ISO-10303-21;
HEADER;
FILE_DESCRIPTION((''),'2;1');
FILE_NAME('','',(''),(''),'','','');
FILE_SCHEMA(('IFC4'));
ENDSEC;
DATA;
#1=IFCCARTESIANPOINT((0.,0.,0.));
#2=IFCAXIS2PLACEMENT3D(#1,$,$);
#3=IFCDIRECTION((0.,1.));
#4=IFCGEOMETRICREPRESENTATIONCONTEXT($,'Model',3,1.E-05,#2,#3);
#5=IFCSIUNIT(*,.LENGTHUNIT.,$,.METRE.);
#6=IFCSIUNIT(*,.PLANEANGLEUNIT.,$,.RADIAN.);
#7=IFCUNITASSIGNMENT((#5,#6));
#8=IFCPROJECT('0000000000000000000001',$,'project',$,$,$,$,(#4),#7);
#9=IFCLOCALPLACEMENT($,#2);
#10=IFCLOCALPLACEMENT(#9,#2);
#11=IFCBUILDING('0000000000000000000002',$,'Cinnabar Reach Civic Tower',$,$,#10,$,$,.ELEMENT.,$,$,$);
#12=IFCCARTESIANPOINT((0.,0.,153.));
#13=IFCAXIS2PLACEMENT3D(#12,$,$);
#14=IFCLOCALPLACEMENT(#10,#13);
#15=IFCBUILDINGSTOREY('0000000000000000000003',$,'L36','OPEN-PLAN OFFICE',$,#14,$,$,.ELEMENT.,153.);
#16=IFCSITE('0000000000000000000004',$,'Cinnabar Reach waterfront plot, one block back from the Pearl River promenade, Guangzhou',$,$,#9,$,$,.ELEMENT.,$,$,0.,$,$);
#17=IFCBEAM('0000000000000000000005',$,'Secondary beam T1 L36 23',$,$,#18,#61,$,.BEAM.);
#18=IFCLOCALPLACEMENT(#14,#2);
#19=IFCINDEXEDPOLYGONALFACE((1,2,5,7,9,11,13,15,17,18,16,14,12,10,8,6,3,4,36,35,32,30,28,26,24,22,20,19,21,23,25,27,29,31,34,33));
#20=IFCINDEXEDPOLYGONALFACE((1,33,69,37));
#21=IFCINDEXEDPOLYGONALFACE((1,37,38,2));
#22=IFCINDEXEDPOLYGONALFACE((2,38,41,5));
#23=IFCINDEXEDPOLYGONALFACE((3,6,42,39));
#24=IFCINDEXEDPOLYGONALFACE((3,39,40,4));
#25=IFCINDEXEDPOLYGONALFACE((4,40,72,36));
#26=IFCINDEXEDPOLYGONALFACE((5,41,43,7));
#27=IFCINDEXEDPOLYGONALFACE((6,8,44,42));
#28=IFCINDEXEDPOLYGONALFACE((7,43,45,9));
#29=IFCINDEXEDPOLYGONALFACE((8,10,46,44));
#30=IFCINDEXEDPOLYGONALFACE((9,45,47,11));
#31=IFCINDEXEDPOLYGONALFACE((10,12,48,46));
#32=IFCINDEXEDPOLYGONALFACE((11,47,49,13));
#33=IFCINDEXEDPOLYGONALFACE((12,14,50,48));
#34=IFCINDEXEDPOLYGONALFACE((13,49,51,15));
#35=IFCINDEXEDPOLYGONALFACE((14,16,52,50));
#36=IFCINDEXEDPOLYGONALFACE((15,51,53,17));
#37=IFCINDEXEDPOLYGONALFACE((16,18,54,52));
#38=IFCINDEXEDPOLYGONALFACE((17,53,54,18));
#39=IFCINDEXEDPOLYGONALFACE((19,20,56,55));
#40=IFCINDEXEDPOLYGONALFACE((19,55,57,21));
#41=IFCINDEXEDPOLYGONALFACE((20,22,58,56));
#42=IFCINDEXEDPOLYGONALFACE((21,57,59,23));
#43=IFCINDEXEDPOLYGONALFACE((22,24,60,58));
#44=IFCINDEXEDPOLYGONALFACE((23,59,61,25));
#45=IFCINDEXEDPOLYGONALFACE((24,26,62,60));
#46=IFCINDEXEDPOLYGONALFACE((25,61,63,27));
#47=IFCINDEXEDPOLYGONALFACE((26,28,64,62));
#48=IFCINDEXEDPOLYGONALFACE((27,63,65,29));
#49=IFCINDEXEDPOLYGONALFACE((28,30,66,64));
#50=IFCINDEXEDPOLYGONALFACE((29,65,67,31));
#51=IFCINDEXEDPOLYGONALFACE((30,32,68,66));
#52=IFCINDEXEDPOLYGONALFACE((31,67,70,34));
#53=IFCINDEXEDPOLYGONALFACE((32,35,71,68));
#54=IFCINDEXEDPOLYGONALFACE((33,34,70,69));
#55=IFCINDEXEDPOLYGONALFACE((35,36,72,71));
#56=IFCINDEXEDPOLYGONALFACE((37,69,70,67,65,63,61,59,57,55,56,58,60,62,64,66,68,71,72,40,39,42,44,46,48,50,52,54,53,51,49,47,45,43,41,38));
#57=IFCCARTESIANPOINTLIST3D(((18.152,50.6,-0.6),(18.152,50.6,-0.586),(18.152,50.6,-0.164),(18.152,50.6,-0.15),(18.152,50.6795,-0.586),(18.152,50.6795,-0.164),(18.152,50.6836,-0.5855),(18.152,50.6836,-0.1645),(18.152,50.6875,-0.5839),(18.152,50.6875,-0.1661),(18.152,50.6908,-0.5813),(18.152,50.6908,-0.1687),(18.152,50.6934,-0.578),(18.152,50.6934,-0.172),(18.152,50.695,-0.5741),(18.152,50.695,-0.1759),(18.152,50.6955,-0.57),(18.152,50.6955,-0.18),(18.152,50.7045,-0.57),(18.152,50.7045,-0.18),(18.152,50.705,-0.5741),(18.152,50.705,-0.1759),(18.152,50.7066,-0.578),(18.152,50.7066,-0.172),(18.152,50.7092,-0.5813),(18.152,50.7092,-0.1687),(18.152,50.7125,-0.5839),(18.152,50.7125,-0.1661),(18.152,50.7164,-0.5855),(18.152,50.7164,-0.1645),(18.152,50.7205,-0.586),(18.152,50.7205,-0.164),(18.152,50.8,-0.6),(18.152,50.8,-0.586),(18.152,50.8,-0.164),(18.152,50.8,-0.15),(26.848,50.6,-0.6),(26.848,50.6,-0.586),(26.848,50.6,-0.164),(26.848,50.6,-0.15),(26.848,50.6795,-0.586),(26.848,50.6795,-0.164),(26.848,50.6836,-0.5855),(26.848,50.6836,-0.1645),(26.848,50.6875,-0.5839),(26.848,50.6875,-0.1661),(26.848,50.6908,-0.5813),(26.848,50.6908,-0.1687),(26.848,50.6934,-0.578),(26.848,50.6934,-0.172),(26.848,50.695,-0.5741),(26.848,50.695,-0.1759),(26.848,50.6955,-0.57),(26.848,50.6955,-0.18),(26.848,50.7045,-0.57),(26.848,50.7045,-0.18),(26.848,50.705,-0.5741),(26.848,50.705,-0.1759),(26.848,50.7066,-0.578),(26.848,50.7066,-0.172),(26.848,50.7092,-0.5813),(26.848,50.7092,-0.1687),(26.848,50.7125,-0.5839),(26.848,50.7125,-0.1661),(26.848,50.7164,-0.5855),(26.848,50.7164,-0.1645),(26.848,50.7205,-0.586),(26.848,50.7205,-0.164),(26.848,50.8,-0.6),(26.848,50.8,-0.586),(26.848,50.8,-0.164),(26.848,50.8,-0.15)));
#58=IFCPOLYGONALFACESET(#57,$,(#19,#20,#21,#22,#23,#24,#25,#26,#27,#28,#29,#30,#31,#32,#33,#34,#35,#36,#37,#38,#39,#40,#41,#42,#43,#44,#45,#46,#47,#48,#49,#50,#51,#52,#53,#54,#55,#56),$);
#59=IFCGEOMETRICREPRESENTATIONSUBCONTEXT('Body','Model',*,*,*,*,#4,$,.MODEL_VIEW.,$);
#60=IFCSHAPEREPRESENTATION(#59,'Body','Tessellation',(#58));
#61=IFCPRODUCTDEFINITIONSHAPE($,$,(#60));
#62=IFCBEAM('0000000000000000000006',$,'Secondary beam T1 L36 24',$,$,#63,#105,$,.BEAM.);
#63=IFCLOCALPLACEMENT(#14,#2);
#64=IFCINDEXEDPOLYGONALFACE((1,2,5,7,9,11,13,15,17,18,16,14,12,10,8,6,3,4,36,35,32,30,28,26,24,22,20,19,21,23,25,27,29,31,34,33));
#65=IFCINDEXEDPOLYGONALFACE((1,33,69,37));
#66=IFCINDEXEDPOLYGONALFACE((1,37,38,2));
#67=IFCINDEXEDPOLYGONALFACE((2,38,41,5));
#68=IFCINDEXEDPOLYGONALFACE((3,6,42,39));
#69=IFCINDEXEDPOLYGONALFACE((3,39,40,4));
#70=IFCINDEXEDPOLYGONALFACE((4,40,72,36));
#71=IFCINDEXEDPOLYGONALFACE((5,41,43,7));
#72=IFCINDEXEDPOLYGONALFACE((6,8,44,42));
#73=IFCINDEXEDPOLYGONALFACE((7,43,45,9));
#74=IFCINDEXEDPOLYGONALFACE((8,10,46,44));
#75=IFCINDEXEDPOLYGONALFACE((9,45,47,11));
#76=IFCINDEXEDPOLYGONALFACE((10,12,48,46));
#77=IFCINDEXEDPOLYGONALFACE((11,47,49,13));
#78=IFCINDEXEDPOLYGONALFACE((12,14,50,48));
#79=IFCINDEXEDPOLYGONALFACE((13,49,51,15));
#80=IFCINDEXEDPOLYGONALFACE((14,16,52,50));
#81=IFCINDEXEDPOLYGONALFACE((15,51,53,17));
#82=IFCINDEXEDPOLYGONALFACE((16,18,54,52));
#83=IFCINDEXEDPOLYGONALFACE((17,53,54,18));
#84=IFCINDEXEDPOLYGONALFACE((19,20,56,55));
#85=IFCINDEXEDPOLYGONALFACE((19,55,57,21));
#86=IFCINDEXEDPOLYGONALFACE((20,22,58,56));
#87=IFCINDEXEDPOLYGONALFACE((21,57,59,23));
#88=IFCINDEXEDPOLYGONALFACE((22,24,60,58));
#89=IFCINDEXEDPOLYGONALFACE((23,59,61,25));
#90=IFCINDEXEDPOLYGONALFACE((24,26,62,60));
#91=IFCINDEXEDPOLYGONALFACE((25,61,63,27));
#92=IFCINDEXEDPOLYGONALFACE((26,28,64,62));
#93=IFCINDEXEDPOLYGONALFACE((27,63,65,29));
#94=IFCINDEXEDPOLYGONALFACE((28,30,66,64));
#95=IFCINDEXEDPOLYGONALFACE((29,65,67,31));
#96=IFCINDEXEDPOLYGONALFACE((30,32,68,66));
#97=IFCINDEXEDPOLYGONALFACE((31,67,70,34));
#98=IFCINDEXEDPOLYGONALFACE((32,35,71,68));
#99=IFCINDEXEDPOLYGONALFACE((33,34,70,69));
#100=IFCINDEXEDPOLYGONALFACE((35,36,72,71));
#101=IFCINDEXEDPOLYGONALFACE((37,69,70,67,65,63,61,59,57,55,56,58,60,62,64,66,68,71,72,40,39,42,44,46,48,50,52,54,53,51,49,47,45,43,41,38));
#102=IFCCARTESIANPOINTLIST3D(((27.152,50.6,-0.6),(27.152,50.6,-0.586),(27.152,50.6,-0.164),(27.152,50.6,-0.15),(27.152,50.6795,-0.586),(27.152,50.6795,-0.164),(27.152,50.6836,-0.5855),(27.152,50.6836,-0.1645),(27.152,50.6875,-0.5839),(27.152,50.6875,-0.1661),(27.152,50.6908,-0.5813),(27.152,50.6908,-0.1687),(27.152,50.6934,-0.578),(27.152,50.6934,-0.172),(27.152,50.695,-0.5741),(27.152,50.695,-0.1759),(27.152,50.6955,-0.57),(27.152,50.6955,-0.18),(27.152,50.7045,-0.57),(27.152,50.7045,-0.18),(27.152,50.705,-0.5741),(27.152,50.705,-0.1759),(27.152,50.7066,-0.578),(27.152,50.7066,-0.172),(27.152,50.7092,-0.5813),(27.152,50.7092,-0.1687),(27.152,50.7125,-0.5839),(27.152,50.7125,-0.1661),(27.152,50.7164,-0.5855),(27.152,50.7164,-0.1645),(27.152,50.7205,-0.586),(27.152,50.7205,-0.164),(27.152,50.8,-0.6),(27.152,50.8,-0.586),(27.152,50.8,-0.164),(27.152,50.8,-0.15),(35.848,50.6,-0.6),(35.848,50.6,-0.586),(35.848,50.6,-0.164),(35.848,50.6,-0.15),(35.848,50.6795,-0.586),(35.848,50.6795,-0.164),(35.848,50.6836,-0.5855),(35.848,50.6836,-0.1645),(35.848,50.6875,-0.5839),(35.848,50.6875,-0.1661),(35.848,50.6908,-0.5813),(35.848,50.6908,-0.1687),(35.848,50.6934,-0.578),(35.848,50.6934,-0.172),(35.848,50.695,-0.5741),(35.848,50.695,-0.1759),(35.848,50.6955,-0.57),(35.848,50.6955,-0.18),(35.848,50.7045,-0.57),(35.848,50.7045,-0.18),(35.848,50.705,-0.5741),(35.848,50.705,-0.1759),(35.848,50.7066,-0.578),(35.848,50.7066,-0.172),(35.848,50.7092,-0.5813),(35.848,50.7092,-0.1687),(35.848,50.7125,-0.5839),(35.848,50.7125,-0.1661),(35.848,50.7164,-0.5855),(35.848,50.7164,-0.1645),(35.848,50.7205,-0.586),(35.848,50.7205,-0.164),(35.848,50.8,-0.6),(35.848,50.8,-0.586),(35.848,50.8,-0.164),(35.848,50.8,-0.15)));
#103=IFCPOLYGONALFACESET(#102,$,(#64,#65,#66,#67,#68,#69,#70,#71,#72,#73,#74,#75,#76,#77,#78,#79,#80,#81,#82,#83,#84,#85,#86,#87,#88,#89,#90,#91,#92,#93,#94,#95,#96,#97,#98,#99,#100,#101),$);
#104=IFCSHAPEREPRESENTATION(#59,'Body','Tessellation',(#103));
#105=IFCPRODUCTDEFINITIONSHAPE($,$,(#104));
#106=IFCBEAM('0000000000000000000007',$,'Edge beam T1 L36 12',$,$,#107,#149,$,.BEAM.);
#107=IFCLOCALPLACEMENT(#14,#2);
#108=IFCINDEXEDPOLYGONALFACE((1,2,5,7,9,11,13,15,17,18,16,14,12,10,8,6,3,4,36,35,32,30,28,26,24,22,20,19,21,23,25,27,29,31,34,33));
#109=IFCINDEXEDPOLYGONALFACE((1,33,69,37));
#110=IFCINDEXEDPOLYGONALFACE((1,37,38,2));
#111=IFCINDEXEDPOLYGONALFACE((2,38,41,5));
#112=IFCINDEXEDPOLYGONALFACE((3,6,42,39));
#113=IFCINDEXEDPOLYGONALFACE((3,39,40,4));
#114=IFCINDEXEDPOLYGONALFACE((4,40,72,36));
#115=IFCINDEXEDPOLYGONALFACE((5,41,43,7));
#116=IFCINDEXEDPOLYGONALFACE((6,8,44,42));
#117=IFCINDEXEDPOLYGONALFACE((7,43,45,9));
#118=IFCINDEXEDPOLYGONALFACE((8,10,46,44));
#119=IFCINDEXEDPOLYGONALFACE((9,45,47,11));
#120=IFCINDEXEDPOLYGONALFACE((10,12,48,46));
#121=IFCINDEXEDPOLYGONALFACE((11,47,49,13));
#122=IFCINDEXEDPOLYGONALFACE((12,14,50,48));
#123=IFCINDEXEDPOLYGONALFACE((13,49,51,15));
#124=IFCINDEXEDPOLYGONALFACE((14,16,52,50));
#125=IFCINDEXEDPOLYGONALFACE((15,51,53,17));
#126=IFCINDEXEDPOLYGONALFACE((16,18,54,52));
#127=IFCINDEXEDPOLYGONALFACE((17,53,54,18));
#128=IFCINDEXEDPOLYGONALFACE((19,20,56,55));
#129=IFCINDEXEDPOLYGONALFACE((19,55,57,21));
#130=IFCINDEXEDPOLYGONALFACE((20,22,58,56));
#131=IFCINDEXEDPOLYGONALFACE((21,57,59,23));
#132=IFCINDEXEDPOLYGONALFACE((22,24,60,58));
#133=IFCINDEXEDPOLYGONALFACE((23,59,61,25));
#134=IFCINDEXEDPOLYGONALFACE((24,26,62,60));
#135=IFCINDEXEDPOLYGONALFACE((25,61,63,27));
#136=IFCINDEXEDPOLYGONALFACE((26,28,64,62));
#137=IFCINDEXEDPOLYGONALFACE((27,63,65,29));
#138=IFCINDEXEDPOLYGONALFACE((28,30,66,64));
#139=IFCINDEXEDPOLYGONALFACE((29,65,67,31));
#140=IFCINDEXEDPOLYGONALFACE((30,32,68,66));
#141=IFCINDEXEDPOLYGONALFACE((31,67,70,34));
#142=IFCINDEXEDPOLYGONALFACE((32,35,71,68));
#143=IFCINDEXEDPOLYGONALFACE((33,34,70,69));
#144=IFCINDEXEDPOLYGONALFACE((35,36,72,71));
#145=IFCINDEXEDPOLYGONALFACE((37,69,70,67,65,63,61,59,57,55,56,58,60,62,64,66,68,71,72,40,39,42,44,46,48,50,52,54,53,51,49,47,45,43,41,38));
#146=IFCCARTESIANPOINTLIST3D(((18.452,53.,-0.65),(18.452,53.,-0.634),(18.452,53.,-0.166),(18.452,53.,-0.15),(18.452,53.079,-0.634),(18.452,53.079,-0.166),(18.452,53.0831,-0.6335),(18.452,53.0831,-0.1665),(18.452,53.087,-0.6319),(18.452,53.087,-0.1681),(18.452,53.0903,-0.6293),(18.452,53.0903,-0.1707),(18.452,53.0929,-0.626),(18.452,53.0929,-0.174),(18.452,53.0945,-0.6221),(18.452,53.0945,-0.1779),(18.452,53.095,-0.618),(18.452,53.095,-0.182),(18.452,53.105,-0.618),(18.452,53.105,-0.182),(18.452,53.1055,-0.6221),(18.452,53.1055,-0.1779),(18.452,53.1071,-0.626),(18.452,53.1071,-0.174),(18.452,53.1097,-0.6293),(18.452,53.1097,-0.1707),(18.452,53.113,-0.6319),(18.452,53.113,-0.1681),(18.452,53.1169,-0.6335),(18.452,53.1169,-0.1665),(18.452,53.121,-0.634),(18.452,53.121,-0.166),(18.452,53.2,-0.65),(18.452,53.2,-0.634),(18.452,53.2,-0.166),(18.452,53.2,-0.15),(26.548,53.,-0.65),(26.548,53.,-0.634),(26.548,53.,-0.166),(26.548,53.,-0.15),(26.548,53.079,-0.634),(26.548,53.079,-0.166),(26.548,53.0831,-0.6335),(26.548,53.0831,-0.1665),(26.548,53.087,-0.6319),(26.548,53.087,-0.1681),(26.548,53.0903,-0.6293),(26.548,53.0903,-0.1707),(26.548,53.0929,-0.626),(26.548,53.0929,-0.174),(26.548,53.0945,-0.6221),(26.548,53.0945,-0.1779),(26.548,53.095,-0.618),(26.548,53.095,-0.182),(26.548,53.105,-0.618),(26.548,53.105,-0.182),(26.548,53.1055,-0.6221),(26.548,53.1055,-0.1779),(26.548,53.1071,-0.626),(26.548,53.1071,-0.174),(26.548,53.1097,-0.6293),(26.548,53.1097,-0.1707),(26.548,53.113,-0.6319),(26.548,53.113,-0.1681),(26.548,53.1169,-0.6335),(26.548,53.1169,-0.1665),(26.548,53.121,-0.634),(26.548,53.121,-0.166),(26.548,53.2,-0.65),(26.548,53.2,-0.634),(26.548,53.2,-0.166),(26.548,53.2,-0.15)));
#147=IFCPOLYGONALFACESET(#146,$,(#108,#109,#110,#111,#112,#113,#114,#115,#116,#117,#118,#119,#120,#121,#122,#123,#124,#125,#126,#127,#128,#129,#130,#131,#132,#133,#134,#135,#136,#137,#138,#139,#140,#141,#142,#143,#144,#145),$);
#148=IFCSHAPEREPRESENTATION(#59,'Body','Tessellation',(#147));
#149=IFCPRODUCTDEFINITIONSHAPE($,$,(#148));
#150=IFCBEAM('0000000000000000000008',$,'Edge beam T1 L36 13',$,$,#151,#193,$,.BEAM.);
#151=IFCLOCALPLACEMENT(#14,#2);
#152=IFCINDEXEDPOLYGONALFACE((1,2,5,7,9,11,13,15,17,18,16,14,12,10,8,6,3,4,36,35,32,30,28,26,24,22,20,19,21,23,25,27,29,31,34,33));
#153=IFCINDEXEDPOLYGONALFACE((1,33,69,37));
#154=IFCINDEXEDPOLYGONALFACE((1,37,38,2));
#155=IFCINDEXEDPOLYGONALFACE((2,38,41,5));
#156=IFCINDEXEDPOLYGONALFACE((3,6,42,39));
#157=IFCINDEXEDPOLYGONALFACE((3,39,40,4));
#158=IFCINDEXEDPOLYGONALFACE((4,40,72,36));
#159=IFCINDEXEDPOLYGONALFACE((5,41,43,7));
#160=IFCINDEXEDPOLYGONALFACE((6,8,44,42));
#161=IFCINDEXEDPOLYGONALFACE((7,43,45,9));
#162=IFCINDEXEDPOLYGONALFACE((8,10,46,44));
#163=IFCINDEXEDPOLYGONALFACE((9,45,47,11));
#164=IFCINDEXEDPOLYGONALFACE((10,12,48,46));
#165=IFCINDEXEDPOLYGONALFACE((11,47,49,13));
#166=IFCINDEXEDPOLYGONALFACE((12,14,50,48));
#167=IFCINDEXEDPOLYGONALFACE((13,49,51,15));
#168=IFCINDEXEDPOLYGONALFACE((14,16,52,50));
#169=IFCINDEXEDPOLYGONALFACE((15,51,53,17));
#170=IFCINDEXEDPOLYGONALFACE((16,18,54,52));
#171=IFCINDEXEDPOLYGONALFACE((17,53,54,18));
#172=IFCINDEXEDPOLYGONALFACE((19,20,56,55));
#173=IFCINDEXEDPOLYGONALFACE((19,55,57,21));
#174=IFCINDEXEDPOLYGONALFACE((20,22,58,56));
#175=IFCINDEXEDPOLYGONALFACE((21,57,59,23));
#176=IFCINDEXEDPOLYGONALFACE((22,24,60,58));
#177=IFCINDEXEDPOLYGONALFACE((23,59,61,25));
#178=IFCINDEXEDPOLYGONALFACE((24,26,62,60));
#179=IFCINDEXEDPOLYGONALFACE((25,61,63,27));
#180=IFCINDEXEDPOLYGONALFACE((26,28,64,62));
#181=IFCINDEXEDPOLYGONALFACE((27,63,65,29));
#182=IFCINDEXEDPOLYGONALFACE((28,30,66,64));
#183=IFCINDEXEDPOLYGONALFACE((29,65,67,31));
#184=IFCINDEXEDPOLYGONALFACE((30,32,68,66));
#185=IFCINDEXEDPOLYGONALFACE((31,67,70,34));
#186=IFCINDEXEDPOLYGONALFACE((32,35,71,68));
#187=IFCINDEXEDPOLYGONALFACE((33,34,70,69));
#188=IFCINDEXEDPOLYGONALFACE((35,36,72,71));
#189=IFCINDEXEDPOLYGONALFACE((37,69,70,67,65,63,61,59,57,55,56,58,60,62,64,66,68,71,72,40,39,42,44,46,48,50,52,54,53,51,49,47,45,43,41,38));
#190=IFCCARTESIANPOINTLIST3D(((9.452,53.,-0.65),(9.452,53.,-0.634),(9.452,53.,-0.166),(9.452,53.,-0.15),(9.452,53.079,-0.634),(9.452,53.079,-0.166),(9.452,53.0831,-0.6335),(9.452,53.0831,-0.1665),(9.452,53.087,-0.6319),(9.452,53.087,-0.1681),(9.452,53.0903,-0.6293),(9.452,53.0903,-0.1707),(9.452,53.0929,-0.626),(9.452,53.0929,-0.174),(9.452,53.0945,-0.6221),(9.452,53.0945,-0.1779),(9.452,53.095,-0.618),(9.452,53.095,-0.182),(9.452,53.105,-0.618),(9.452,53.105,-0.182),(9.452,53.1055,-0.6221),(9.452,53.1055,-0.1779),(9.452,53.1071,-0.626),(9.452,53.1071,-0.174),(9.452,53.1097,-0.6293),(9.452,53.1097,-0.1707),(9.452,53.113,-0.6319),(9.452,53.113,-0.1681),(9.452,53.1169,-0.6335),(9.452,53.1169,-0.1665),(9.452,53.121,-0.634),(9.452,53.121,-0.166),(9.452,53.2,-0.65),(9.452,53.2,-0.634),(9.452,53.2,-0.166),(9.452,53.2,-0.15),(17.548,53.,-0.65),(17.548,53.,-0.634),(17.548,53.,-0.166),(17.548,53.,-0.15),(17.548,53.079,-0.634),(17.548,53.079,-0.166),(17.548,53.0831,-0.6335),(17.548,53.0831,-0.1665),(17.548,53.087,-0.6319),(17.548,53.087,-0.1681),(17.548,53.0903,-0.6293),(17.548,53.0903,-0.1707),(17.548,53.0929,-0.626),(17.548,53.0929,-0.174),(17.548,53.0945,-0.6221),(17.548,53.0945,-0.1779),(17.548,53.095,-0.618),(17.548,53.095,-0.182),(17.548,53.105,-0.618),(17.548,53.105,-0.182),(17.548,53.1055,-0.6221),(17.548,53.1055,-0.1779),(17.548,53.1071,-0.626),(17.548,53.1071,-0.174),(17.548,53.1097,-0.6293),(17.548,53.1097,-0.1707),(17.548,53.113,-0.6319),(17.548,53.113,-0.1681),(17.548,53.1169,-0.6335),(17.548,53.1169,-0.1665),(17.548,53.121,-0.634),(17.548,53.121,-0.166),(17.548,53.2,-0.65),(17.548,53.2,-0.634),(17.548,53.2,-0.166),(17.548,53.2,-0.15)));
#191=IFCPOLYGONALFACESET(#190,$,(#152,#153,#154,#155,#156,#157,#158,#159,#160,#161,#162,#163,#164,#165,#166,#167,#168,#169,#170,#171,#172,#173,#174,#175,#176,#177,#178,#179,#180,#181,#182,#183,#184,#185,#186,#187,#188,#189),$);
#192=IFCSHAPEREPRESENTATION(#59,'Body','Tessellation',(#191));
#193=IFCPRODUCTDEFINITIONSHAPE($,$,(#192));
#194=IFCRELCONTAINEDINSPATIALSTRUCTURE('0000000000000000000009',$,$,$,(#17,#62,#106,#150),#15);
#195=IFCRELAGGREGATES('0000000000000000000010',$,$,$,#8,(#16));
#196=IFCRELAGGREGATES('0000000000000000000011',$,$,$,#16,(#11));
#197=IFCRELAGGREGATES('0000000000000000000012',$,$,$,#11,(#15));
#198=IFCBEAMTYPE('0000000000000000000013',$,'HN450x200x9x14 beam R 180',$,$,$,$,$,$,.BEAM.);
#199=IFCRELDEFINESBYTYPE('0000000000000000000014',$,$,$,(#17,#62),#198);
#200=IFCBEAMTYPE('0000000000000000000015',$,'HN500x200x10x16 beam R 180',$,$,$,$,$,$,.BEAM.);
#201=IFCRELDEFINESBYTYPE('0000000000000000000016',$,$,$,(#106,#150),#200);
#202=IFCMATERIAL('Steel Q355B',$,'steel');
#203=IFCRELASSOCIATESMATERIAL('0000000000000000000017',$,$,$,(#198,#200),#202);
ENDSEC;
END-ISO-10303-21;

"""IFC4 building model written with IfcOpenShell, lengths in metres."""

from ifc_helpers import new_model, si_unit, direction, frame, origin, origin_2d, place, context, subcontext, project, spatial, i_section, extrude, material, material_profile, profile_set, type_object, element, save


model = new_model("IFC4")

# Units and contexts
model_context = context("Model", 3, precision=1e-05, world=origin(), true_north=direction((0.0, 1.0)))
body_context = subcontext(model_context, "Body", "Model", "MODEL_VIEW")
ifc_project = project(units=[si_unit("LENGTHUNIT", "METRE"), si_unit("PLANEANGLEUNIT", "RADIAN")], contexts=[model_context])

# Site, building, storey
site_placement = place(None, origin())
site = spatial("IfcSite", under=ifc_project, at=site_placement, Name="Cinnabar Reach waterfront plot, one block back from the Pearl River promenade, Guangzhou", CompositionType="ELEMENT", RefElevation=0.0)
building_placement = place(site_placement, origin())
building = spatial("IfcBuilding", under=site, at=building_placement, Name="Cinnabar Reach Civic Tower", CompositionType="ELEMENT")
storey_placement = place(building_placement, frame((0.0, 0.0, 153.0)))
storey = spatial("IfcBuildingStorey", under=building, at=storey_placement, Name="L36", Description="OPEN-PLAN OFFICE", CompositionType="ELEMENT", Elevation=153.0)

# Beams
ifc_material_1 = material(Name="Steel Q355B", Category="steel")
ifc_material_profile_1 = material_profile(ifc_material_1, i_section(OverallWidth=0.2, OverallDepth=0.45, WebThickness=0.009, FlangeThickness=0.014, FilletRadius=0.016, at=origin_2d()), Name="HN450x200x9x14")
ifc_profile_set_1 = profile_set([ifc_material_profile_1], Name="Steel Q355B")
beam_type_1 = type_object("IfcBeamType", Name="HN450x200x9x14 beam R 180", PredefinedType="BEAM", material=ifc_profile_set_1)
for number, where, z_axis, x_axis, name in (
    (1, (18.152, 50.7, -0.375), (1.0, 0.0, 0.0), (0.0, 1.0, 0.0), "Secondary beam T1 L36 23"),
    (2, (27.152, 50.7, -0.375), (1.0, 0.0, 0.0), (0.0, 1.0, 0.0), "Secondary beam T1 L36 24"),
):
    element("IfcBeam", number, at=place(storey_placement, frame(where, z_axis=z_axis, x_axis=x_axis)), inside=storey, type_object=beam_type_1, Name=name, PredefinedType="BEAM", context=body_context, shape_type="SweptSolid", body=[
        extrude(i_section(OverallWidth=0.2, OverallDepth=0.45, WebThickness=0.009, FlangeThickness=0.014, FilletRadius=0.016, at=origin_2d()), origin(), (0.0, 0.0, 1.0), 8.696),
    ])
ifc_material_profile_2 = material_profile(ifc_material_1, i_section(OverallWidth=0.2, OverallDepth=0.5, WebThickness=0.01, FlangeThickness=0.016, FilletRadius=0.016, at=origin_2d()), Name="HN500x200x10x16")
ifc_profile_set_2 = profile_set([ifc_material_profile_2], Name="Steel Q355B")
beam_type_2 = type_object("IfcBeamType", Name="HN500x200x10x16 beam R 180", PredefinedType="BEAM", material=ifc_profile_set_2)
for number, where, z_axis, x_axis, name in (
    (3, (26.548, 53.1, -0.4), (-1.0, 0.0, 0.0), (0.0, -1.0, 0.0), "Edge beam T1 L36 12"),
    (4, (17.548, 53.1, -0.4), (-1.0, 0.0, 0.0), (0.0, -1.0, 0.0), "Edge beam T1 L36 13"),
):
    element("IfcBeam", number, at=place(storey_placement, frame(where, z_axis=z_axis, x_axis=x_axis)), inside=storey, type_object=beam_type_2, Name=name, PredefinedType="BEAM", context=body_context, shape_type="SweptSolid", body=[
        extrude(i_section(OverallWidth=0.2, OverallDepth=0.5, WebThickness=0.01, FlangeThickness=0.016, FilletRadius=0.016, at=origin_2d()), origin(), (0.0, 0.0, 1.0), 8.096),
    ])

save(model, "model.ifc")
